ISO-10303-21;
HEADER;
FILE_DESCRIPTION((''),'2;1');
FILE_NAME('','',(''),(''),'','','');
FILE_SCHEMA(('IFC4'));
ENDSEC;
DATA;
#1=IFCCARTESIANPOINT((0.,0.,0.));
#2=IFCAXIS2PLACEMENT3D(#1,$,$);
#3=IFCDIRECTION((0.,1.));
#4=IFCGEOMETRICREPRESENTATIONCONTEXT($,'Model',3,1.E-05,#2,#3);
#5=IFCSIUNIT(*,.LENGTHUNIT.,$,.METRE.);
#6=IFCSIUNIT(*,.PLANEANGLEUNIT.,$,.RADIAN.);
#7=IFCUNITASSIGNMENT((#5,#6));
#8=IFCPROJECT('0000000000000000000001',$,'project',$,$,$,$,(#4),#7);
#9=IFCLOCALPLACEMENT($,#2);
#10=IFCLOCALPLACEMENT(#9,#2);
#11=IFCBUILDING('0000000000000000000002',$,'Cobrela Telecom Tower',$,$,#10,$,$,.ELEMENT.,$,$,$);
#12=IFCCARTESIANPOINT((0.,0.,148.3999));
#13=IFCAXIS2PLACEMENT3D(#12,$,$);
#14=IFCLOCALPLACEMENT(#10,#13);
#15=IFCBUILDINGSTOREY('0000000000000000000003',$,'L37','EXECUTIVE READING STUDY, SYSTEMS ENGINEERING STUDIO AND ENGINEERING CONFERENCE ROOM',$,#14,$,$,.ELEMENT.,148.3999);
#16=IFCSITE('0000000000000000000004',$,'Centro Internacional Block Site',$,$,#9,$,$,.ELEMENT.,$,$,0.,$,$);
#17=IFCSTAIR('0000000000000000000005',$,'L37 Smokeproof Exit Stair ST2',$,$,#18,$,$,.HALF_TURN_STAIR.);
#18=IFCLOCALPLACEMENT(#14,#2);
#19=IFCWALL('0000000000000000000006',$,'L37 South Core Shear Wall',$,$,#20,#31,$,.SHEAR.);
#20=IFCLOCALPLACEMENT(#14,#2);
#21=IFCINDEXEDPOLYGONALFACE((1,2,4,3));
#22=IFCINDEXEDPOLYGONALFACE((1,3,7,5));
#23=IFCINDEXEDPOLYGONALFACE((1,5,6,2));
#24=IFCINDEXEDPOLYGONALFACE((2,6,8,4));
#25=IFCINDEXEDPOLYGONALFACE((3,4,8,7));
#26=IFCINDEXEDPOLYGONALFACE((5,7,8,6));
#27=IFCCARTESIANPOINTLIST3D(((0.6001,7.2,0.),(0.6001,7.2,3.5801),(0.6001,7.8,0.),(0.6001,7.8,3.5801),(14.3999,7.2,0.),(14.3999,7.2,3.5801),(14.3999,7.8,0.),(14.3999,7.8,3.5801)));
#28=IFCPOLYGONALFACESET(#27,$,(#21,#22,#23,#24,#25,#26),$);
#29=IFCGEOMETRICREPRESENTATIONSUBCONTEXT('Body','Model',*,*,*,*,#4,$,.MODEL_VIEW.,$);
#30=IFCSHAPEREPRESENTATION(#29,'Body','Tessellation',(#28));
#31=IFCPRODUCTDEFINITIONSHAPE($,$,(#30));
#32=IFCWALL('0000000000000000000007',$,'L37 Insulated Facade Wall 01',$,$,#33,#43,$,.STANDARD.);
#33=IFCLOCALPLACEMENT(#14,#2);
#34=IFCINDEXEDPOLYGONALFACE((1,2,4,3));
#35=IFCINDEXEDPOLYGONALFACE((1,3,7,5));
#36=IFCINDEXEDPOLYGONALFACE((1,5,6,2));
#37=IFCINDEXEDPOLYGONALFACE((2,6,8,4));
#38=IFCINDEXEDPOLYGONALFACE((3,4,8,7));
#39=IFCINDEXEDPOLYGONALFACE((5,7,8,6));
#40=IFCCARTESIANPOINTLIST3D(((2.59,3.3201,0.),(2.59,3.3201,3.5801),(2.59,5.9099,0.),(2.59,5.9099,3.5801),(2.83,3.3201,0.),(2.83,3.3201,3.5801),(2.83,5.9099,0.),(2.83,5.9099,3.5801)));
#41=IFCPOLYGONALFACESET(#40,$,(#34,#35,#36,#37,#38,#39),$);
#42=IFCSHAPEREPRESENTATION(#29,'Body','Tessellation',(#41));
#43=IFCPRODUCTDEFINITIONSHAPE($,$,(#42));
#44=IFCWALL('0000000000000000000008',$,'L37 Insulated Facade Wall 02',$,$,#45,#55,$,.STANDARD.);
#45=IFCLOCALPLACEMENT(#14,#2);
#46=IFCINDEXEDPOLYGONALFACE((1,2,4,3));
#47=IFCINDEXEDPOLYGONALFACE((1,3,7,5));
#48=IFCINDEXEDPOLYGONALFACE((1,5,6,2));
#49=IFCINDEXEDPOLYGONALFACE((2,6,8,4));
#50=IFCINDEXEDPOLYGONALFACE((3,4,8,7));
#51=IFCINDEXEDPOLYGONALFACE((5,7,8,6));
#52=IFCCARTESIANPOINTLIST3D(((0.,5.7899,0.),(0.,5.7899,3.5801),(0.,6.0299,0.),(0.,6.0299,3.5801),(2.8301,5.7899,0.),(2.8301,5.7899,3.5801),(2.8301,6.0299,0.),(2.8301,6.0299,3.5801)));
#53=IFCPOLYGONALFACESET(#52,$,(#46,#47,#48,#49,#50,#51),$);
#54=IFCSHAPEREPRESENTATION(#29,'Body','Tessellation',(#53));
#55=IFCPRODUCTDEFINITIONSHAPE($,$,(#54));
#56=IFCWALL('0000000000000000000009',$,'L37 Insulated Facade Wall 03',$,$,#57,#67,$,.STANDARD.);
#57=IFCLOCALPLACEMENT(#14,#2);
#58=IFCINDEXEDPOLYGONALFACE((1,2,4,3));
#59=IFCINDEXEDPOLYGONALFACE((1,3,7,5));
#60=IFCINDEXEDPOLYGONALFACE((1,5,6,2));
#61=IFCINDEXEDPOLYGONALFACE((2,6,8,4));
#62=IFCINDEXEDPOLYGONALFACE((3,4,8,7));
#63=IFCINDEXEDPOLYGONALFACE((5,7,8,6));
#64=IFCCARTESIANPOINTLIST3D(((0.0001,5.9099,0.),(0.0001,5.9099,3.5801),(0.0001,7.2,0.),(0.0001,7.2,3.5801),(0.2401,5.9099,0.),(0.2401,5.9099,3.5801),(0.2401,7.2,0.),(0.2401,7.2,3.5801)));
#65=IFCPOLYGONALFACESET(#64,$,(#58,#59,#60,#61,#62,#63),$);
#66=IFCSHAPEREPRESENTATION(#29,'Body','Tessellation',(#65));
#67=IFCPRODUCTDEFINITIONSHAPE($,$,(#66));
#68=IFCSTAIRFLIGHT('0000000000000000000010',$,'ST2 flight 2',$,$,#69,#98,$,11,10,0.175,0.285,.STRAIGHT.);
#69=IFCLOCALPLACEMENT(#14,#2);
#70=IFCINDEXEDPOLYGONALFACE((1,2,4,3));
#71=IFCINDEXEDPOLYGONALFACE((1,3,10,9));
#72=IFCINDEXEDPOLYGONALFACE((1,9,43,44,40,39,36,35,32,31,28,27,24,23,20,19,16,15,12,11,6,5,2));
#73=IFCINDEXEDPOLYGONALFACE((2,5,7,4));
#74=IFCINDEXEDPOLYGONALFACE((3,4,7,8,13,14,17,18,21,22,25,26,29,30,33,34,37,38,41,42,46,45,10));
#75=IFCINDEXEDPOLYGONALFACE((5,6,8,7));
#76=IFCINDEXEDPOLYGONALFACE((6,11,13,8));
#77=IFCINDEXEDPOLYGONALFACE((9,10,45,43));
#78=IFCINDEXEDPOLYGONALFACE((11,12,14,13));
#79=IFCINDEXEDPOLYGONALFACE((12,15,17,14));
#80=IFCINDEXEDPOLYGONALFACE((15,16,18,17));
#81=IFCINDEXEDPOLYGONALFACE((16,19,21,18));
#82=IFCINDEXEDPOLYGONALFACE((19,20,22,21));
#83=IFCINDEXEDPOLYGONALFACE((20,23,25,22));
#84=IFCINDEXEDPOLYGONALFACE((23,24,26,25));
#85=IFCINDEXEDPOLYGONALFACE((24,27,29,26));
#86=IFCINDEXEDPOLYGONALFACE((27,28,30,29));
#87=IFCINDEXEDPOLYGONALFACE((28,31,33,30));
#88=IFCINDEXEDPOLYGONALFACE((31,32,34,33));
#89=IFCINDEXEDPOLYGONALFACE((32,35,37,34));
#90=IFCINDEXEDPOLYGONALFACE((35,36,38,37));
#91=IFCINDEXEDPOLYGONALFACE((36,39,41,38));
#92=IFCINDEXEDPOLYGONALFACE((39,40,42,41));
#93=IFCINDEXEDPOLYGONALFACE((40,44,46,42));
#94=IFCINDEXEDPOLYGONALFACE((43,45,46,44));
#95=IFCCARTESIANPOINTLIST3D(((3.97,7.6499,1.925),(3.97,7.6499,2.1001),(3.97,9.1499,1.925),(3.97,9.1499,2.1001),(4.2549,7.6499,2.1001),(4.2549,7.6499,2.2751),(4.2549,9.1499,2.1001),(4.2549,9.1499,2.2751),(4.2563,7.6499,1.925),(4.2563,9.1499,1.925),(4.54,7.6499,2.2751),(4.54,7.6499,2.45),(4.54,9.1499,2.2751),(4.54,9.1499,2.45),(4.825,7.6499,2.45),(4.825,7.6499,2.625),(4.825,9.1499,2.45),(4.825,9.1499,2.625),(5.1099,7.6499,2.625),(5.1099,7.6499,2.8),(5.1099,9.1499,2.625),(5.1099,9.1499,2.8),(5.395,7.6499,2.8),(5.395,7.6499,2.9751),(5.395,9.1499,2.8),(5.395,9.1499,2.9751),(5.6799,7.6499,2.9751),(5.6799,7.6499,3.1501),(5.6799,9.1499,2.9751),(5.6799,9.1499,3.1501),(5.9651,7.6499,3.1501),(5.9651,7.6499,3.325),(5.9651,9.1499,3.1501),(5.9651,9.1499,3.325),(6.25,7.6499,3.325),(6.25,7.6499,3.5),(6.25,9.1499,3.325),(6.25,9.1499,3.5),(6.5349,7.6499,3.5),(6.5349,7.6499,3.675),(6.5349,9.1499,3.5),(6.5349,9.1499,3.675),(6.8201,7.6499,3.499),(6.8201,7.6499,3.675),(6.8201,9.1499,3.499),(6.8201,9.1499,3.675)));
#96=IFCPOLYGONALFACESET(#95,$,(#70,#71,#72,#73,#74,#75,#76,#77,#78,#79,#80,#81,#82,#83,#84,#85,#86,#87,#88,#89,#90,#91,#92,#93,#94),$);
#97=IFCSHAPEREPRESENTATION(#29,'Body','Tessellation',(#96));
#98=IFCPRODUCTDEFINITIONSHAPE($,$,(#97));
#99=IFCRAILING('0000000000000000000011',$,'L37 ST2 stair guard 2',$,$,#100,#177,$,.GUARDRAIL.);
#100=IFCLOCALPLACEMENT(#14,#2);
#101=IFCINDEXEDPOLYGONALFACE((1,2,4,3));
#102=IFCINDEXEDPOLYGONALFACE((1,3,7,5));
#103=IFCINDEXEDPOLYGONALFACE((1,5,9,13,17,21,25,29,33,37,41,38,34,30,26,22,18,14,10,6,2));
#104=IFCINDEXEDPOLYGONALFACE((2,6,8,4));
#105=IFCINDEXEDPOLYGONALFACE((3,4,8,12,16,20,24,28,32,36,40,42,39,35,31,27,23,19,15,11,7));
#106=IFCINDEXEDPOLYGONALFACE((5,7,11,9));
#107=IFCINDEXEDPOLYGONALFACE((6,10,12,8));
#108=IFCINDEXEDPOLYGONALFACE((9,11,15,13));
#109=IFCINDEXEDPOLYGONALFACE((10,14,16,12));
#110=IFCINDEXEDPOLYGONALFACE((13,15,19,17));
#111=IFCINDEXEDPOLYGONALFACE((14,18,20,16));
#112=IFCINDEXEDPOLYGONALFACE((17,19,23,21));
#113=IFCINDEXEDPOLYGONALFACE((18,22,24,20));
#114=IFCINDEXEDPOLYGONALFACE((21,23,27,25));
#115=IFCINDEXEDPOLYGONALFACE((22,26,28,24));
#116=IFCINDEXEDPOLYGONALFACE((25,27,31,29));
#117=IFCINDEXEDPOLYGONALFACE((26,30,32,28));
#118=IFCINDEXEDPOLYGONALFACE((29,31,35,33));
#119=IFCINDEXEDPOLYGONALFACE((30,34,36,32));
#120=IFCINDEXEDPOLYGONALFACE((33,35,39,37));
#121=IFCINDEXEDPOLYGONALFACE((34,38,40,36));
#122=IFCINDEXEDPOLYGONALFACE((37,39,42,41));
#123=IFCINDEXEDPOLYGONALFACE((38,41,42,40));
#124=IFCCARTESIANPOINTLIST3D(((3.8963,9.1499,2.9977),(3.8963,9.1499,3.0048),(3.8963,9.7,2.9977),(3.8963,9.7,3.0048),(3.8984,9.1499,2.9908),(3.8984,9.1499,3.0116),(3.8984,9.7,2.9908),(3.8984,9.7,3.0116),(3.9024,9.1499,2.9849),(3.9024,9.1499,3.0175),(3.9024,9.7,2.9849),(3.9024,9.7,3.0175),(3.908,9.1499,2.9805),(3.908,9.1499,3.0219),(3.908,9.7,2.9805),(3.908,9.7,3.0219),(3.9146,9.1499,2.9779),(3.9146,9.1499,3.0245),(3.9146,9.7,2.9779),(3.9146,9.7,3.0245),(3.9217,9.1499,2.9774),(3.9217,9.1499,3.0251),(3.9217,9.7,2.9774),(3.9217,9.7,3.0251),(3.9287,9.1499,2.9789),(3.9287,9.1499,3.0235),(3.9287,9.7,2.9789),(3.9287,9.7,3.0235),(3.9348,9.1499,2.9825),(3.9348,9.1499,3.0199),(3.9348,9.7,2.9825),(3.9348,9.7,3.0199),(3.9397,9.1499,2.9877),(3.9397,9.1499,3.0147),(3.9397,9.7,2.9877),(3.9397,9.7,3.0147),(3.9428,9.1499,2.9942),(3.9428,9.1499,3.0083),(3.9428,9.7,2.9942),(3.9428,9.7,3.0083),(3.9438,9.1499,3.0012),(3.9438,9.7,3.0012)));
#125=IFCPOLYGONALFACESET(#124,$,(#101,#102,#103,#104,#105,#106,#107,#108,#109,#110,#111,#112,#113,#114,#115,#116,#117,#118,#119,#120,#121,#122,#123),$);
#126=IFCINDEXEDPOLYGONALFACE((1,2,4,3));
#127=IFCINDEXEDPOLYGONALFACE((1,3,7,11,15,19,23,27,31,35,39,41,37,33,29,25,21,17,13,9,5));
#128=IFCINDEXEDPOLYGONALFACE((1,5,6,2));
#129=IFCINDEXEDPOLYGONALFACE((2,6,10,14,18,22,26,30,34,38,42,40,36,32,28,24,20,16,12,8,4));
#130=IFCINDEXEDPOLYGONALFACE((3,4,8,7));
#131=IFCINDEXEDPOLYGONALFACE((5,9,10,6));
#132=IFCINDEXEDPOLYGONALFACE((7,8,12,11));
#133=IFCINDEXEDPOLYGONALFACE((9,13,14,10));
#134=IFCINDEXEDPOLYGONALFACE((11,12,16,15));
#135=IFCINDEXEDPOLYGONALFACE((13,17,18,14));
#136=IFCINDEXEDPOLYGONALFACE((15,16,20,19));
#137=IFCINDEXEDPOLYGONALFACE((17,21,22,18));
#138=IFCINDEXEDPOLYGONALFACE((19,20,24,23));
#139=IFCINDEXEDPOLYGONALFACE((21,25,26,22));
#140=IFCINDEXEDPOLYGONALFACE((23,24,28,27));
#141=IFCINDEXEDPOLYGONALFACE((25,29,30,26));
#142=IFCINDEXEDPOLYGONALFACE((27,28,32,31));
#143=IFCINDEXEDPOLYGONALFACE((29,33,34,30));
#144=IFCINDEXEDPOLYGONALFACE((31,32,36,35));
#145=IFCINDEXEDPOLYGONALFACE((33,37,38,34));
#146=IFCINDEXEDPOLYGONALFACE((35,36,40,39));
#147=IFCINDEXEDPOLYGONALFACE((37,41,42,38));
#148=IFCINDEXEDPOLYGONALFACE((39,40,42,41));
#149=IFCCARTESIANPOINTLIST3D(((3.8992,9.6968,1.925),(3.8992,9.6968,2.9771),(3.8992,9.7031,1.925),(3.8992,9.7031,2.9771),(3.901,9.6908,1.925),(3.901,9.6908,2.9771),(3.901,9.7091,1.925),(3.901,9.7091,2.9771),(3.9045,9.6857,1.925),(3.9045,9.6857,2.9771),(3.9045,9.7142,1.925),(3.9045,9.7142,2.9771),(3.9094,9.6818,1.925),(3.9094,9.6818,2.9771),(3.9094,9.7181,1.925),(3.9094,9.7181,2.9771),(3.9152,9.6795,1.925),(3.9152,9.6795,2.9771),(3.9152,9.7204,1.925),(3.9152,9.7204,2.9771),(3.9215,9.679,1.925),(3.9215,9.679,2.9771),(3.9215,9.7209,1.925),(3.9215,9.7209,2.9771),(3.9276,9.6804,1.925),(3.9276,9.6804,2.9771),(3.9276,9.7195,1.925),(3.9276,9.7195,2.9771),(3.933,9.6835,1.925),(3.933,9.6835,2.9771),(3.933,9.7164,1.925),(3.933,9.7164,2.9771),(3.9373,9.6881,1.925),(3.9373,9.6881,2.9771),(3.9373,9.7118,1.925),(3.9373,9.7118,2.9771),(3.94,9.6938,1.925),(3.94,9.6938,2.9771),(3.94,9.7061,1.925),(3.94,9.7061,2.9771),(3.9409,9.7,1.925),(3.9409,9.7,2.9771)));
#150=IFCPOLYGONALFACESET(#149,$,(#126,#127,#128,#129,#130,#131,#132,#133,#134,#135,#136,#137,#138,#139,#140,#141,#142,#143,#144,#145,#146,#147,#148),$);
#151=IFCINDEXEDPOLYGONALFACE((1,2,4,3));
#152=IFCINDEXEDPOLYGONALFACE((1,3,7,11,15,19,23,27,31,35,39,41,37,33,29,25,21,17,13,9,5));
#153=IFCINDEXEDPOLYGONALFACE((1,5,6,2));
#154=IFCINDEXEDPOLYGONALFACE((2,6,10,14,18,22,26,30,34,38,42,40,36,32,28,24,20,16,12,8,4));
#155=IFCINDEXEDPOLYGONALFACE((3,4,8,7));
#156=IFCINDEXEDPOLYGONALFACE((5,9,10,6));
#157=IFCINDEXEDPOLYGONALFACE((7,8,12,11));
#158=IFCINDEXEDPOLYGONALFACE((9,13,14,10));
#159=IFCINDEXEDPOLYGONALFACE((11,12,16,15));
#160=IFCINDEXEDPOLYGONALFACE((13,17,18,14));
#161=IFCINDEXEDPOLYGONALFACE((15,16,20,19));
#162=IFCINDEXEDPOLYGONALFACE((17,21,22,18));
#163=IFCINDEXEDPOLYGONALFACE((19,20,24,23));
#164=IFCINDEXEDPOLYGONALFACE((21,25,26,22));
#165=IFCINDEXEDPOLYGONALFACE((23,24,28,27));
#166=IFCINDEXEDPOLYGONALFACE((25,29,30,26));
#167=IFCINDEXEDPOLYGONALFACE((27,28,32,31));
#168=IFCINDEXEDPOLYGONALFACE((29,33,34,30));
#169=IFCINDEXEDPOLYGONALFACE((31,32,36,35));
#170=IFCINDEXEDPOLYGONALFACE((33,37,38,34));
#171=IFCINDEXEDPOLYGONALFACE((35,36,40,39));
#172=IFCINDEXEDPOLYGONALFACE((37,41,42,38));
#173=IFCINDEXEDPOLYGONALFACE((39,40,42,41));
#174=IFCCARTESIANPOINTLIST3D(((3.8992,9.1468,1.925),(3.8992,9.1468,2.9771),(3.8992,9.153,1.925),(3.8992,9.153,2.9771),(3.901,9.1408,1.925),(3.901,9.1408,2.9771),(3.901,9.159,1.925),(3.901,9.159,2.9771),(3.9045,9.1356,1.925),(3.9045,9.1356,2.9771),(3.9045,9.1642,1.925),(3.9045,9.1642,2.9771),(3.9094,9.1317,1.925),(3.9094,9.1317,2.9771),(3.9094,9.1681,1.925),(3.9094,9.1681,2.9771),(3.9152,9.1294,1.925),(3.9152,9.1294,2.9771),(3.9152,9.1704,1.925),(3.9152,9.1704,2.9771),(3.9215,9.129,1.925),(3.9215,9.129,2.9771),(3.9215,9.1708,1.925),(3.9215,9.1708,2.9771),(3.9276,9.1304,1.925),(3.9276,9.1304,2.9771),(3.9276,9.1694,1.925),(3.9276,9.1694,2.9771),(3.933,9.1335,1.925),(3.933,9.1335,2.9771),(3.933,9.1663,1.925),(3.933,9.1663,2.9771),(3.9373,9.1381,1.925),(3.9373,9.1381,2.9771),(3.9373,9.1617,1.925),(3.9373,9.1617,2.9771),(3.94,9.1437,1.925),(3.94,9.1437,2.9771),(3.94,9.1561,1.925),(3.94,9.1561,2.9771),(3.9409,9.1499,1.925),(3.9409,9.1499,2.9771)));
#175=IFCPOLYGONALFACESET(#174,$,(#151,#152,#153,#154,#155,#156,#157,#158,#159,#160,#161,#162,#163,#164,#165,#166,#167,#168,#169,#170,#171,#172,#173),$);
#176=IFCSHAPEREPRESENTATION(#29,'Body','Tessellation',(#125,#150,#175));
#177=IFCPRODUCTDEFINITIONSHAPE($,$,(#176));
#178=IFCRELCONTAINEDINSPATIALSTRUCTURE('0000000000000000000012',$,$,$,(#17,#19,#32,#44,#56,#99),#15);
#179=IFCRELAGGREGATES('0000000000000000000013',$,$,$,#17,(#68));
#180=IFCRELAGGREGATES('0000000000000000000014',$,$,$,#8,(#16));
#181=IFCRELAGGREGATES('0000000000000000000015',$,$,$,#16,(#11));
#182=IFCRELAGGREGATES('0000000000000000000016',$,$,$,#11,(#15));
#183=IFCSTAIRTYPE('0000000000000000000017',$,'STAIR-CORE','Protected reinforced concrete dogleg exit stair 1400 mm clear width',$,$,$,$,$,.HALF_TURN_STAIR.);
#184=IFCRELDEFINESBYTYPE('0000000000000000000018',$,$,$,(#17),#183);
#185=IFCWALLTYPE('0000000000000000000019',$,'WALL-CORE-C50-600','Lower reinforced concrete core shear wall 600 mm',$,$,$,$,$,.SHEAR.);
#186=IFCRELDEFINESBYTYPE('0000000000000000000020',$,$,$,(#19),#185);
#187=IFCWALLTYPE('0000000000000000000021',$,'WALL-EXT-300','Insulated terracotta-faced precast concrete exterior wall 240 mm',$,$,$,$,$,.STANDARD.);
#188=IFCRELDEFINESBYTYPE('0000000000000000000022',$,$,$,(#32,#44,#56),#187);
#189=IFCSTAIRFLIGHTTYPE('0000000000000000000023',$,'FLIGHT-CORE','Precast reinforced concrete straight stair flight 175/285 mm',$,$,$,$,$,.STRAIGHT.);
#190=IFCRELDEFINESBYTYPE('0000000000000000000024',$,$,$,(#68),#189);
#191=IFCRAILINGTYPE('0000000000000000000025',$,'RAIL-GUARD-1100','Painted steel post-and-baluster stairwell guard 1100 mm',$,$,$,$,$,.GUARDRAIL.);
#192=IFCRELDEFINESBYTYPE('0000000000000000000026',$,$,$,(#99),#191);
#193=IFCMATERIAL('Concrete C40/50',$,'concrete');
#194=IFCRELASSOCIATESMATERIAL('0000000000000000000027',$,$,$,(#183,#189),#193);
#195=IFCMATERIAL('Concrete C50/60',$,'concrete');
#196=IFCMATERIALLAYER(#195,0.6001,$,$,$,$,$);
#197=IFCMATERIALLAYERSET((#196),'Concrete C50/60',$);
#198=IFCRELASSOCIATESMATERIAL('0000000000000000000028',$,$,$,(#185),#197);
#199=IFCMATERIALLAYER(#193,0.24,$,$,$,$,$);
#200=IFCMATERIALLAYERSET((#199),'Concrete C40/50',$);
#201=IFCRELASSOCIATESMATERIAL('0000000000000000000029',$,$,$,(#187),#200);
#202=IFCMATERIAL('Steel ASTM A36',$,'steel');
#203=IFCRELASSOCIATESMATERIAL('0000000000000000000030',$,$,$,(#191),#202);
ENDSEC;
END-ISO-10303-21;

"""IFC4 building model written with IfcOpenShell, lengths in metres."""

from ifc_helpers import new_model, si_unit, direction, frame, frame_2d, origin, origin_2d, place, context, subcontext, project, spatial, polyline, rectangle, circle, outline, extrude, material, layer, layer_set, type_object, element, aggregate, save


model = new_model("IFC4")

# Units and contexts
model_context = context("Model", 3, precision=1e-05, world=origin(), true_north=direction((0.0, 1.0)))
body_context = subcontext(model_context, "Body", "Model", "MODEL_VIEW")
ifc_project = project(units=[si_unit("LENGTHUNIT", "METRE"), si_unit("PLANEANGLEUNIT", "RADIAN")], contexts=[model_context])

# Site, building, storey
site_placement = place(None, origin())
site = spatial("IfcSite", under=ifc_project, at=site_placement, Name="Centro Internacional Block Site", CompositionType="ELEMENT", RefElevation=0.0)
building_placement = place(site_placement, origin())
building = spatial("IfcBuilding", under=site, at=building_placement, Name="Cobrela Telecom Tower", CompositionType="ELEMENT")
storey_placement = place(building_placement, frame((0.0, 0.0, 148.3999)))
storey = spatial("IfcBuildingStorey", under=building, at=storey_placement, Name="L37", Description="EXECUTIVE READING STUDY, SYSTEMS ENGINEERING STUDIO AND ENGINEERING CONFERENCE ROOM", CompositionType="ELEMENT", Elevation=148.3999)

# Shared definitions
ifc_material_1 = material(Name="Concrete C40/50", Category="concrete")

# Stair
stair_type = type_object("IfcStairType", Name="STAIR-CORE", Description="Protected reinforced concrete dogleg exit stair 1400 mm clear width", PredefinedType="HALF_TURN_STAIR", material=ifc_material_1)
stair_1_placement = place(storey_placement, origin())
stair_1 = element("IfcStair", 1, at=stair_1_placement, inside=storey, type_object=stair_type, Name="L37 Smokeproof Exit Stair ST2", PredefinedType="HALF_TURN_STAIR")

# Walls
ifc_material_2 = material(Name="Concrete C50/60", Category="concrete")
ifc_layer_1 = layer(ifc_material_2, 0.6001)
ifc_layer_set_1 = layer_set([ifc_layer_1], Name="Concrete C50/60")
wall_type_1 = type_object("IfcWallType", Name="WALL-CORE-C50-600", Description="Lower reinforced concrete core shear wall 600 mm", PredefinedType="SHEAR", material=ifc_layer_set_1)
wall_1_placement = place(storey_placement, frame((0.6001, 7.5, 0.0), z_axis=(0.0, 0.0, 1.0), x_axis=(1.0, 0.0, 0.0)))
element("IfcWall", 2, at=wall_1_placement, inside=storey, type_object=wall_type_1, Name="L37 South Core Shear Wall", PredefinedType="SHEAR", context=body_context, shape_type="SweptSolid", body=[
    extrude(rectangle(XDim=13.7998, YDim=0.6001, at=frame_2d((6.8999, 0.0))), origin(), (0.0, 0.0, 1.0), 3.5801),
])
ifc_layer_2 = layer(ifc_material_1, 0.24)
ifc_layer_set_2 = layer_set([ifc_layer_2], Name="Concrete C40/50")
wall_type_2 = type_object("IfcWallType", Name="WALL-EXT-300", Description="Insulated terracotta-faced precast concrete exterior wall 240 mm", PredefinedType="STANDARD", material=ifc_layer_set_2)
wall_2_placement = place(storey_placement, frame((2.71, 3.3201, 0.0), z_axis=(0.0, 0.0, 1.0), x_axis=(0.0, 1.0, 0.0)))
element("IfcWall", 3, at=wall_2_placement, inside=storey, type_object=wall_type_2, Name="L37 Insulated Facade Wall 01", PredefinedType="STANDARD", context=body_context, shape_type="SweptSolid", body=[
    extrude(rectangle(XDim=2.5898, YDim=0.24, at=frame_2d((1.2949, 0.0))), origin(), (0.0, 0.0, 1.0), 3.5801),
])
wall_3_placement = place(storey_placement, frame((2.8301, 5.9099, 0.0), z_axis=(0.0, 0.0, 1.0), x_axis=(-1.0, 0.0, 0.0)))
element("IfcWall", 4, at=wall_3_placement, inside=storey, type_object=wall_type_2, Name="L37 Insulated Facade Wall 02", PredefinedType="STANDARD", context=body_context, shape_type="SweptSolid", body=[
    extrude(rectangle(XDim=2.8301, YDim=0.24, at=frame_2d((1.415, 0.0))), origin(), (0.0, 0.0, 1.0), 3.5801),
])
wall_4_placement = place(storey_placement, frame((0.1201, 5.9099, 0.0), z_axis=(0.0, 0.0, 1.0), x_axis=(0.0, 1.0, 0.0)))
element("IfcWall", 5, at=wall_4_placement, inside=storey, type_object=wall_type_2, Name="L37 Insulated Facade Wall 03", PredefinedType="STANDARD", context=body_context, shape_type="SweptSolid", body=[
    extrude(rectangle(XDim=1.29, YDim=0.24, at=frame_2d((0.645, 0.0))), origin(), (0.0, 0.0, 1.0), 3.5801),
])

# Stair flight
stair_flight_type = type_object("IfcStairFlightType", Name="FLIGHT-CORE", Description="Precast reinforced concrete straight stair flight 175/285 mm", PredefinedType="STRAIGHT", material=ifc_material_1)
stair_flight_placement = place(storey_placement, frame((3.97, 8.3999, 1.925), z_axis=(0.0, 0.0, 1.0), x_axis=(1.0, 0.0, 0.0)))
stair_flight = element("IfcStairFlight", 6, at=stair_flight_placement, type_object=stair_flight_type, Name="ST2 flight 2", NumberOfRisers=11, NumberOfTreads=10, PredefinedType="STRAIGHT", RiserHeight=0.175, TreadLength=0.285, context=body_context, shape_type="SweptSolid", body=[
    extrude(outline(polyline([(0.0, 0.0), (0.0, 0.175), (0.2849, 0.175), (0.2849, 0.3501), (0.5701, 0.3501), (0.5701, 0.5249), (0.855, 0.5249), (0.855, 0.7), (1.1399, 0.7), (1.1399, 0.875), (1.425, 0.875), (1.425, 1.05), (1.71, 1.05), (1.71, 1.2251), (1.9951, 1.2251), (1.9951, 1.3999), (2.28, 1.3999), (2.28, 1.575), (2.5649, 1.575), (2.5649, 1.75), (2.8501, 1.75), (2.8501, 1.925), (2.8501, 1.574), (0.2864, 0.0), (0.0, 0.0)])), frame((0.0, 0.75, 0.0), z_axis=(0.0, -1.0, 0.0), x_axis=(1.0, 0.0, 0.0)), (0.0, 0.0, 1.0), 1.5),
])
aggregate(stair_1, [stair_flight])

# Railing
ifc_material_3 = material(Name="Steel ASTM A36", Category="steel")
railing_type_1 = type_object("IfcRailingType", Name="RAIL-GUARD-1100", Description="Painted steel post-and-baluster stairwell guard 1100 mm", PredefinedType="GUARDRAIL", material=ifc_material_3)
railing_1_placement = place(storey_placement, frame((3.9199, 9.7, 1.925)))
element("IfcRailing", 7, at=railing_1_placement, inside=storey, type_object=railing_type_1, Name="L37 ST2 stair guard 2", PredefinedType="GUARDRAIL", context=body_context, shape_type="SweptSolid", body=[
    extrude(circle(Radius=0.0239, at=origin_2d()), frame((0.0, 0.0, 1.0762), z_axis=(0.0, -1.0, 0.0), x_axis=(1.0, 0.0, 0.0)), (0.0, 0.0, 1.0), 0.55),
    extrude(circle(Radius=0.021, at=origin_2d()), origin(), (0.0, 0.0, 1.0), 1.052),
    extrude(circle(Radius=0.021, at=origin_2d()), frame((0.0, -0.55, 0.0)), (0.0, 0.0, 1.0), 1.052),
])

save(model, "model.ifc")
